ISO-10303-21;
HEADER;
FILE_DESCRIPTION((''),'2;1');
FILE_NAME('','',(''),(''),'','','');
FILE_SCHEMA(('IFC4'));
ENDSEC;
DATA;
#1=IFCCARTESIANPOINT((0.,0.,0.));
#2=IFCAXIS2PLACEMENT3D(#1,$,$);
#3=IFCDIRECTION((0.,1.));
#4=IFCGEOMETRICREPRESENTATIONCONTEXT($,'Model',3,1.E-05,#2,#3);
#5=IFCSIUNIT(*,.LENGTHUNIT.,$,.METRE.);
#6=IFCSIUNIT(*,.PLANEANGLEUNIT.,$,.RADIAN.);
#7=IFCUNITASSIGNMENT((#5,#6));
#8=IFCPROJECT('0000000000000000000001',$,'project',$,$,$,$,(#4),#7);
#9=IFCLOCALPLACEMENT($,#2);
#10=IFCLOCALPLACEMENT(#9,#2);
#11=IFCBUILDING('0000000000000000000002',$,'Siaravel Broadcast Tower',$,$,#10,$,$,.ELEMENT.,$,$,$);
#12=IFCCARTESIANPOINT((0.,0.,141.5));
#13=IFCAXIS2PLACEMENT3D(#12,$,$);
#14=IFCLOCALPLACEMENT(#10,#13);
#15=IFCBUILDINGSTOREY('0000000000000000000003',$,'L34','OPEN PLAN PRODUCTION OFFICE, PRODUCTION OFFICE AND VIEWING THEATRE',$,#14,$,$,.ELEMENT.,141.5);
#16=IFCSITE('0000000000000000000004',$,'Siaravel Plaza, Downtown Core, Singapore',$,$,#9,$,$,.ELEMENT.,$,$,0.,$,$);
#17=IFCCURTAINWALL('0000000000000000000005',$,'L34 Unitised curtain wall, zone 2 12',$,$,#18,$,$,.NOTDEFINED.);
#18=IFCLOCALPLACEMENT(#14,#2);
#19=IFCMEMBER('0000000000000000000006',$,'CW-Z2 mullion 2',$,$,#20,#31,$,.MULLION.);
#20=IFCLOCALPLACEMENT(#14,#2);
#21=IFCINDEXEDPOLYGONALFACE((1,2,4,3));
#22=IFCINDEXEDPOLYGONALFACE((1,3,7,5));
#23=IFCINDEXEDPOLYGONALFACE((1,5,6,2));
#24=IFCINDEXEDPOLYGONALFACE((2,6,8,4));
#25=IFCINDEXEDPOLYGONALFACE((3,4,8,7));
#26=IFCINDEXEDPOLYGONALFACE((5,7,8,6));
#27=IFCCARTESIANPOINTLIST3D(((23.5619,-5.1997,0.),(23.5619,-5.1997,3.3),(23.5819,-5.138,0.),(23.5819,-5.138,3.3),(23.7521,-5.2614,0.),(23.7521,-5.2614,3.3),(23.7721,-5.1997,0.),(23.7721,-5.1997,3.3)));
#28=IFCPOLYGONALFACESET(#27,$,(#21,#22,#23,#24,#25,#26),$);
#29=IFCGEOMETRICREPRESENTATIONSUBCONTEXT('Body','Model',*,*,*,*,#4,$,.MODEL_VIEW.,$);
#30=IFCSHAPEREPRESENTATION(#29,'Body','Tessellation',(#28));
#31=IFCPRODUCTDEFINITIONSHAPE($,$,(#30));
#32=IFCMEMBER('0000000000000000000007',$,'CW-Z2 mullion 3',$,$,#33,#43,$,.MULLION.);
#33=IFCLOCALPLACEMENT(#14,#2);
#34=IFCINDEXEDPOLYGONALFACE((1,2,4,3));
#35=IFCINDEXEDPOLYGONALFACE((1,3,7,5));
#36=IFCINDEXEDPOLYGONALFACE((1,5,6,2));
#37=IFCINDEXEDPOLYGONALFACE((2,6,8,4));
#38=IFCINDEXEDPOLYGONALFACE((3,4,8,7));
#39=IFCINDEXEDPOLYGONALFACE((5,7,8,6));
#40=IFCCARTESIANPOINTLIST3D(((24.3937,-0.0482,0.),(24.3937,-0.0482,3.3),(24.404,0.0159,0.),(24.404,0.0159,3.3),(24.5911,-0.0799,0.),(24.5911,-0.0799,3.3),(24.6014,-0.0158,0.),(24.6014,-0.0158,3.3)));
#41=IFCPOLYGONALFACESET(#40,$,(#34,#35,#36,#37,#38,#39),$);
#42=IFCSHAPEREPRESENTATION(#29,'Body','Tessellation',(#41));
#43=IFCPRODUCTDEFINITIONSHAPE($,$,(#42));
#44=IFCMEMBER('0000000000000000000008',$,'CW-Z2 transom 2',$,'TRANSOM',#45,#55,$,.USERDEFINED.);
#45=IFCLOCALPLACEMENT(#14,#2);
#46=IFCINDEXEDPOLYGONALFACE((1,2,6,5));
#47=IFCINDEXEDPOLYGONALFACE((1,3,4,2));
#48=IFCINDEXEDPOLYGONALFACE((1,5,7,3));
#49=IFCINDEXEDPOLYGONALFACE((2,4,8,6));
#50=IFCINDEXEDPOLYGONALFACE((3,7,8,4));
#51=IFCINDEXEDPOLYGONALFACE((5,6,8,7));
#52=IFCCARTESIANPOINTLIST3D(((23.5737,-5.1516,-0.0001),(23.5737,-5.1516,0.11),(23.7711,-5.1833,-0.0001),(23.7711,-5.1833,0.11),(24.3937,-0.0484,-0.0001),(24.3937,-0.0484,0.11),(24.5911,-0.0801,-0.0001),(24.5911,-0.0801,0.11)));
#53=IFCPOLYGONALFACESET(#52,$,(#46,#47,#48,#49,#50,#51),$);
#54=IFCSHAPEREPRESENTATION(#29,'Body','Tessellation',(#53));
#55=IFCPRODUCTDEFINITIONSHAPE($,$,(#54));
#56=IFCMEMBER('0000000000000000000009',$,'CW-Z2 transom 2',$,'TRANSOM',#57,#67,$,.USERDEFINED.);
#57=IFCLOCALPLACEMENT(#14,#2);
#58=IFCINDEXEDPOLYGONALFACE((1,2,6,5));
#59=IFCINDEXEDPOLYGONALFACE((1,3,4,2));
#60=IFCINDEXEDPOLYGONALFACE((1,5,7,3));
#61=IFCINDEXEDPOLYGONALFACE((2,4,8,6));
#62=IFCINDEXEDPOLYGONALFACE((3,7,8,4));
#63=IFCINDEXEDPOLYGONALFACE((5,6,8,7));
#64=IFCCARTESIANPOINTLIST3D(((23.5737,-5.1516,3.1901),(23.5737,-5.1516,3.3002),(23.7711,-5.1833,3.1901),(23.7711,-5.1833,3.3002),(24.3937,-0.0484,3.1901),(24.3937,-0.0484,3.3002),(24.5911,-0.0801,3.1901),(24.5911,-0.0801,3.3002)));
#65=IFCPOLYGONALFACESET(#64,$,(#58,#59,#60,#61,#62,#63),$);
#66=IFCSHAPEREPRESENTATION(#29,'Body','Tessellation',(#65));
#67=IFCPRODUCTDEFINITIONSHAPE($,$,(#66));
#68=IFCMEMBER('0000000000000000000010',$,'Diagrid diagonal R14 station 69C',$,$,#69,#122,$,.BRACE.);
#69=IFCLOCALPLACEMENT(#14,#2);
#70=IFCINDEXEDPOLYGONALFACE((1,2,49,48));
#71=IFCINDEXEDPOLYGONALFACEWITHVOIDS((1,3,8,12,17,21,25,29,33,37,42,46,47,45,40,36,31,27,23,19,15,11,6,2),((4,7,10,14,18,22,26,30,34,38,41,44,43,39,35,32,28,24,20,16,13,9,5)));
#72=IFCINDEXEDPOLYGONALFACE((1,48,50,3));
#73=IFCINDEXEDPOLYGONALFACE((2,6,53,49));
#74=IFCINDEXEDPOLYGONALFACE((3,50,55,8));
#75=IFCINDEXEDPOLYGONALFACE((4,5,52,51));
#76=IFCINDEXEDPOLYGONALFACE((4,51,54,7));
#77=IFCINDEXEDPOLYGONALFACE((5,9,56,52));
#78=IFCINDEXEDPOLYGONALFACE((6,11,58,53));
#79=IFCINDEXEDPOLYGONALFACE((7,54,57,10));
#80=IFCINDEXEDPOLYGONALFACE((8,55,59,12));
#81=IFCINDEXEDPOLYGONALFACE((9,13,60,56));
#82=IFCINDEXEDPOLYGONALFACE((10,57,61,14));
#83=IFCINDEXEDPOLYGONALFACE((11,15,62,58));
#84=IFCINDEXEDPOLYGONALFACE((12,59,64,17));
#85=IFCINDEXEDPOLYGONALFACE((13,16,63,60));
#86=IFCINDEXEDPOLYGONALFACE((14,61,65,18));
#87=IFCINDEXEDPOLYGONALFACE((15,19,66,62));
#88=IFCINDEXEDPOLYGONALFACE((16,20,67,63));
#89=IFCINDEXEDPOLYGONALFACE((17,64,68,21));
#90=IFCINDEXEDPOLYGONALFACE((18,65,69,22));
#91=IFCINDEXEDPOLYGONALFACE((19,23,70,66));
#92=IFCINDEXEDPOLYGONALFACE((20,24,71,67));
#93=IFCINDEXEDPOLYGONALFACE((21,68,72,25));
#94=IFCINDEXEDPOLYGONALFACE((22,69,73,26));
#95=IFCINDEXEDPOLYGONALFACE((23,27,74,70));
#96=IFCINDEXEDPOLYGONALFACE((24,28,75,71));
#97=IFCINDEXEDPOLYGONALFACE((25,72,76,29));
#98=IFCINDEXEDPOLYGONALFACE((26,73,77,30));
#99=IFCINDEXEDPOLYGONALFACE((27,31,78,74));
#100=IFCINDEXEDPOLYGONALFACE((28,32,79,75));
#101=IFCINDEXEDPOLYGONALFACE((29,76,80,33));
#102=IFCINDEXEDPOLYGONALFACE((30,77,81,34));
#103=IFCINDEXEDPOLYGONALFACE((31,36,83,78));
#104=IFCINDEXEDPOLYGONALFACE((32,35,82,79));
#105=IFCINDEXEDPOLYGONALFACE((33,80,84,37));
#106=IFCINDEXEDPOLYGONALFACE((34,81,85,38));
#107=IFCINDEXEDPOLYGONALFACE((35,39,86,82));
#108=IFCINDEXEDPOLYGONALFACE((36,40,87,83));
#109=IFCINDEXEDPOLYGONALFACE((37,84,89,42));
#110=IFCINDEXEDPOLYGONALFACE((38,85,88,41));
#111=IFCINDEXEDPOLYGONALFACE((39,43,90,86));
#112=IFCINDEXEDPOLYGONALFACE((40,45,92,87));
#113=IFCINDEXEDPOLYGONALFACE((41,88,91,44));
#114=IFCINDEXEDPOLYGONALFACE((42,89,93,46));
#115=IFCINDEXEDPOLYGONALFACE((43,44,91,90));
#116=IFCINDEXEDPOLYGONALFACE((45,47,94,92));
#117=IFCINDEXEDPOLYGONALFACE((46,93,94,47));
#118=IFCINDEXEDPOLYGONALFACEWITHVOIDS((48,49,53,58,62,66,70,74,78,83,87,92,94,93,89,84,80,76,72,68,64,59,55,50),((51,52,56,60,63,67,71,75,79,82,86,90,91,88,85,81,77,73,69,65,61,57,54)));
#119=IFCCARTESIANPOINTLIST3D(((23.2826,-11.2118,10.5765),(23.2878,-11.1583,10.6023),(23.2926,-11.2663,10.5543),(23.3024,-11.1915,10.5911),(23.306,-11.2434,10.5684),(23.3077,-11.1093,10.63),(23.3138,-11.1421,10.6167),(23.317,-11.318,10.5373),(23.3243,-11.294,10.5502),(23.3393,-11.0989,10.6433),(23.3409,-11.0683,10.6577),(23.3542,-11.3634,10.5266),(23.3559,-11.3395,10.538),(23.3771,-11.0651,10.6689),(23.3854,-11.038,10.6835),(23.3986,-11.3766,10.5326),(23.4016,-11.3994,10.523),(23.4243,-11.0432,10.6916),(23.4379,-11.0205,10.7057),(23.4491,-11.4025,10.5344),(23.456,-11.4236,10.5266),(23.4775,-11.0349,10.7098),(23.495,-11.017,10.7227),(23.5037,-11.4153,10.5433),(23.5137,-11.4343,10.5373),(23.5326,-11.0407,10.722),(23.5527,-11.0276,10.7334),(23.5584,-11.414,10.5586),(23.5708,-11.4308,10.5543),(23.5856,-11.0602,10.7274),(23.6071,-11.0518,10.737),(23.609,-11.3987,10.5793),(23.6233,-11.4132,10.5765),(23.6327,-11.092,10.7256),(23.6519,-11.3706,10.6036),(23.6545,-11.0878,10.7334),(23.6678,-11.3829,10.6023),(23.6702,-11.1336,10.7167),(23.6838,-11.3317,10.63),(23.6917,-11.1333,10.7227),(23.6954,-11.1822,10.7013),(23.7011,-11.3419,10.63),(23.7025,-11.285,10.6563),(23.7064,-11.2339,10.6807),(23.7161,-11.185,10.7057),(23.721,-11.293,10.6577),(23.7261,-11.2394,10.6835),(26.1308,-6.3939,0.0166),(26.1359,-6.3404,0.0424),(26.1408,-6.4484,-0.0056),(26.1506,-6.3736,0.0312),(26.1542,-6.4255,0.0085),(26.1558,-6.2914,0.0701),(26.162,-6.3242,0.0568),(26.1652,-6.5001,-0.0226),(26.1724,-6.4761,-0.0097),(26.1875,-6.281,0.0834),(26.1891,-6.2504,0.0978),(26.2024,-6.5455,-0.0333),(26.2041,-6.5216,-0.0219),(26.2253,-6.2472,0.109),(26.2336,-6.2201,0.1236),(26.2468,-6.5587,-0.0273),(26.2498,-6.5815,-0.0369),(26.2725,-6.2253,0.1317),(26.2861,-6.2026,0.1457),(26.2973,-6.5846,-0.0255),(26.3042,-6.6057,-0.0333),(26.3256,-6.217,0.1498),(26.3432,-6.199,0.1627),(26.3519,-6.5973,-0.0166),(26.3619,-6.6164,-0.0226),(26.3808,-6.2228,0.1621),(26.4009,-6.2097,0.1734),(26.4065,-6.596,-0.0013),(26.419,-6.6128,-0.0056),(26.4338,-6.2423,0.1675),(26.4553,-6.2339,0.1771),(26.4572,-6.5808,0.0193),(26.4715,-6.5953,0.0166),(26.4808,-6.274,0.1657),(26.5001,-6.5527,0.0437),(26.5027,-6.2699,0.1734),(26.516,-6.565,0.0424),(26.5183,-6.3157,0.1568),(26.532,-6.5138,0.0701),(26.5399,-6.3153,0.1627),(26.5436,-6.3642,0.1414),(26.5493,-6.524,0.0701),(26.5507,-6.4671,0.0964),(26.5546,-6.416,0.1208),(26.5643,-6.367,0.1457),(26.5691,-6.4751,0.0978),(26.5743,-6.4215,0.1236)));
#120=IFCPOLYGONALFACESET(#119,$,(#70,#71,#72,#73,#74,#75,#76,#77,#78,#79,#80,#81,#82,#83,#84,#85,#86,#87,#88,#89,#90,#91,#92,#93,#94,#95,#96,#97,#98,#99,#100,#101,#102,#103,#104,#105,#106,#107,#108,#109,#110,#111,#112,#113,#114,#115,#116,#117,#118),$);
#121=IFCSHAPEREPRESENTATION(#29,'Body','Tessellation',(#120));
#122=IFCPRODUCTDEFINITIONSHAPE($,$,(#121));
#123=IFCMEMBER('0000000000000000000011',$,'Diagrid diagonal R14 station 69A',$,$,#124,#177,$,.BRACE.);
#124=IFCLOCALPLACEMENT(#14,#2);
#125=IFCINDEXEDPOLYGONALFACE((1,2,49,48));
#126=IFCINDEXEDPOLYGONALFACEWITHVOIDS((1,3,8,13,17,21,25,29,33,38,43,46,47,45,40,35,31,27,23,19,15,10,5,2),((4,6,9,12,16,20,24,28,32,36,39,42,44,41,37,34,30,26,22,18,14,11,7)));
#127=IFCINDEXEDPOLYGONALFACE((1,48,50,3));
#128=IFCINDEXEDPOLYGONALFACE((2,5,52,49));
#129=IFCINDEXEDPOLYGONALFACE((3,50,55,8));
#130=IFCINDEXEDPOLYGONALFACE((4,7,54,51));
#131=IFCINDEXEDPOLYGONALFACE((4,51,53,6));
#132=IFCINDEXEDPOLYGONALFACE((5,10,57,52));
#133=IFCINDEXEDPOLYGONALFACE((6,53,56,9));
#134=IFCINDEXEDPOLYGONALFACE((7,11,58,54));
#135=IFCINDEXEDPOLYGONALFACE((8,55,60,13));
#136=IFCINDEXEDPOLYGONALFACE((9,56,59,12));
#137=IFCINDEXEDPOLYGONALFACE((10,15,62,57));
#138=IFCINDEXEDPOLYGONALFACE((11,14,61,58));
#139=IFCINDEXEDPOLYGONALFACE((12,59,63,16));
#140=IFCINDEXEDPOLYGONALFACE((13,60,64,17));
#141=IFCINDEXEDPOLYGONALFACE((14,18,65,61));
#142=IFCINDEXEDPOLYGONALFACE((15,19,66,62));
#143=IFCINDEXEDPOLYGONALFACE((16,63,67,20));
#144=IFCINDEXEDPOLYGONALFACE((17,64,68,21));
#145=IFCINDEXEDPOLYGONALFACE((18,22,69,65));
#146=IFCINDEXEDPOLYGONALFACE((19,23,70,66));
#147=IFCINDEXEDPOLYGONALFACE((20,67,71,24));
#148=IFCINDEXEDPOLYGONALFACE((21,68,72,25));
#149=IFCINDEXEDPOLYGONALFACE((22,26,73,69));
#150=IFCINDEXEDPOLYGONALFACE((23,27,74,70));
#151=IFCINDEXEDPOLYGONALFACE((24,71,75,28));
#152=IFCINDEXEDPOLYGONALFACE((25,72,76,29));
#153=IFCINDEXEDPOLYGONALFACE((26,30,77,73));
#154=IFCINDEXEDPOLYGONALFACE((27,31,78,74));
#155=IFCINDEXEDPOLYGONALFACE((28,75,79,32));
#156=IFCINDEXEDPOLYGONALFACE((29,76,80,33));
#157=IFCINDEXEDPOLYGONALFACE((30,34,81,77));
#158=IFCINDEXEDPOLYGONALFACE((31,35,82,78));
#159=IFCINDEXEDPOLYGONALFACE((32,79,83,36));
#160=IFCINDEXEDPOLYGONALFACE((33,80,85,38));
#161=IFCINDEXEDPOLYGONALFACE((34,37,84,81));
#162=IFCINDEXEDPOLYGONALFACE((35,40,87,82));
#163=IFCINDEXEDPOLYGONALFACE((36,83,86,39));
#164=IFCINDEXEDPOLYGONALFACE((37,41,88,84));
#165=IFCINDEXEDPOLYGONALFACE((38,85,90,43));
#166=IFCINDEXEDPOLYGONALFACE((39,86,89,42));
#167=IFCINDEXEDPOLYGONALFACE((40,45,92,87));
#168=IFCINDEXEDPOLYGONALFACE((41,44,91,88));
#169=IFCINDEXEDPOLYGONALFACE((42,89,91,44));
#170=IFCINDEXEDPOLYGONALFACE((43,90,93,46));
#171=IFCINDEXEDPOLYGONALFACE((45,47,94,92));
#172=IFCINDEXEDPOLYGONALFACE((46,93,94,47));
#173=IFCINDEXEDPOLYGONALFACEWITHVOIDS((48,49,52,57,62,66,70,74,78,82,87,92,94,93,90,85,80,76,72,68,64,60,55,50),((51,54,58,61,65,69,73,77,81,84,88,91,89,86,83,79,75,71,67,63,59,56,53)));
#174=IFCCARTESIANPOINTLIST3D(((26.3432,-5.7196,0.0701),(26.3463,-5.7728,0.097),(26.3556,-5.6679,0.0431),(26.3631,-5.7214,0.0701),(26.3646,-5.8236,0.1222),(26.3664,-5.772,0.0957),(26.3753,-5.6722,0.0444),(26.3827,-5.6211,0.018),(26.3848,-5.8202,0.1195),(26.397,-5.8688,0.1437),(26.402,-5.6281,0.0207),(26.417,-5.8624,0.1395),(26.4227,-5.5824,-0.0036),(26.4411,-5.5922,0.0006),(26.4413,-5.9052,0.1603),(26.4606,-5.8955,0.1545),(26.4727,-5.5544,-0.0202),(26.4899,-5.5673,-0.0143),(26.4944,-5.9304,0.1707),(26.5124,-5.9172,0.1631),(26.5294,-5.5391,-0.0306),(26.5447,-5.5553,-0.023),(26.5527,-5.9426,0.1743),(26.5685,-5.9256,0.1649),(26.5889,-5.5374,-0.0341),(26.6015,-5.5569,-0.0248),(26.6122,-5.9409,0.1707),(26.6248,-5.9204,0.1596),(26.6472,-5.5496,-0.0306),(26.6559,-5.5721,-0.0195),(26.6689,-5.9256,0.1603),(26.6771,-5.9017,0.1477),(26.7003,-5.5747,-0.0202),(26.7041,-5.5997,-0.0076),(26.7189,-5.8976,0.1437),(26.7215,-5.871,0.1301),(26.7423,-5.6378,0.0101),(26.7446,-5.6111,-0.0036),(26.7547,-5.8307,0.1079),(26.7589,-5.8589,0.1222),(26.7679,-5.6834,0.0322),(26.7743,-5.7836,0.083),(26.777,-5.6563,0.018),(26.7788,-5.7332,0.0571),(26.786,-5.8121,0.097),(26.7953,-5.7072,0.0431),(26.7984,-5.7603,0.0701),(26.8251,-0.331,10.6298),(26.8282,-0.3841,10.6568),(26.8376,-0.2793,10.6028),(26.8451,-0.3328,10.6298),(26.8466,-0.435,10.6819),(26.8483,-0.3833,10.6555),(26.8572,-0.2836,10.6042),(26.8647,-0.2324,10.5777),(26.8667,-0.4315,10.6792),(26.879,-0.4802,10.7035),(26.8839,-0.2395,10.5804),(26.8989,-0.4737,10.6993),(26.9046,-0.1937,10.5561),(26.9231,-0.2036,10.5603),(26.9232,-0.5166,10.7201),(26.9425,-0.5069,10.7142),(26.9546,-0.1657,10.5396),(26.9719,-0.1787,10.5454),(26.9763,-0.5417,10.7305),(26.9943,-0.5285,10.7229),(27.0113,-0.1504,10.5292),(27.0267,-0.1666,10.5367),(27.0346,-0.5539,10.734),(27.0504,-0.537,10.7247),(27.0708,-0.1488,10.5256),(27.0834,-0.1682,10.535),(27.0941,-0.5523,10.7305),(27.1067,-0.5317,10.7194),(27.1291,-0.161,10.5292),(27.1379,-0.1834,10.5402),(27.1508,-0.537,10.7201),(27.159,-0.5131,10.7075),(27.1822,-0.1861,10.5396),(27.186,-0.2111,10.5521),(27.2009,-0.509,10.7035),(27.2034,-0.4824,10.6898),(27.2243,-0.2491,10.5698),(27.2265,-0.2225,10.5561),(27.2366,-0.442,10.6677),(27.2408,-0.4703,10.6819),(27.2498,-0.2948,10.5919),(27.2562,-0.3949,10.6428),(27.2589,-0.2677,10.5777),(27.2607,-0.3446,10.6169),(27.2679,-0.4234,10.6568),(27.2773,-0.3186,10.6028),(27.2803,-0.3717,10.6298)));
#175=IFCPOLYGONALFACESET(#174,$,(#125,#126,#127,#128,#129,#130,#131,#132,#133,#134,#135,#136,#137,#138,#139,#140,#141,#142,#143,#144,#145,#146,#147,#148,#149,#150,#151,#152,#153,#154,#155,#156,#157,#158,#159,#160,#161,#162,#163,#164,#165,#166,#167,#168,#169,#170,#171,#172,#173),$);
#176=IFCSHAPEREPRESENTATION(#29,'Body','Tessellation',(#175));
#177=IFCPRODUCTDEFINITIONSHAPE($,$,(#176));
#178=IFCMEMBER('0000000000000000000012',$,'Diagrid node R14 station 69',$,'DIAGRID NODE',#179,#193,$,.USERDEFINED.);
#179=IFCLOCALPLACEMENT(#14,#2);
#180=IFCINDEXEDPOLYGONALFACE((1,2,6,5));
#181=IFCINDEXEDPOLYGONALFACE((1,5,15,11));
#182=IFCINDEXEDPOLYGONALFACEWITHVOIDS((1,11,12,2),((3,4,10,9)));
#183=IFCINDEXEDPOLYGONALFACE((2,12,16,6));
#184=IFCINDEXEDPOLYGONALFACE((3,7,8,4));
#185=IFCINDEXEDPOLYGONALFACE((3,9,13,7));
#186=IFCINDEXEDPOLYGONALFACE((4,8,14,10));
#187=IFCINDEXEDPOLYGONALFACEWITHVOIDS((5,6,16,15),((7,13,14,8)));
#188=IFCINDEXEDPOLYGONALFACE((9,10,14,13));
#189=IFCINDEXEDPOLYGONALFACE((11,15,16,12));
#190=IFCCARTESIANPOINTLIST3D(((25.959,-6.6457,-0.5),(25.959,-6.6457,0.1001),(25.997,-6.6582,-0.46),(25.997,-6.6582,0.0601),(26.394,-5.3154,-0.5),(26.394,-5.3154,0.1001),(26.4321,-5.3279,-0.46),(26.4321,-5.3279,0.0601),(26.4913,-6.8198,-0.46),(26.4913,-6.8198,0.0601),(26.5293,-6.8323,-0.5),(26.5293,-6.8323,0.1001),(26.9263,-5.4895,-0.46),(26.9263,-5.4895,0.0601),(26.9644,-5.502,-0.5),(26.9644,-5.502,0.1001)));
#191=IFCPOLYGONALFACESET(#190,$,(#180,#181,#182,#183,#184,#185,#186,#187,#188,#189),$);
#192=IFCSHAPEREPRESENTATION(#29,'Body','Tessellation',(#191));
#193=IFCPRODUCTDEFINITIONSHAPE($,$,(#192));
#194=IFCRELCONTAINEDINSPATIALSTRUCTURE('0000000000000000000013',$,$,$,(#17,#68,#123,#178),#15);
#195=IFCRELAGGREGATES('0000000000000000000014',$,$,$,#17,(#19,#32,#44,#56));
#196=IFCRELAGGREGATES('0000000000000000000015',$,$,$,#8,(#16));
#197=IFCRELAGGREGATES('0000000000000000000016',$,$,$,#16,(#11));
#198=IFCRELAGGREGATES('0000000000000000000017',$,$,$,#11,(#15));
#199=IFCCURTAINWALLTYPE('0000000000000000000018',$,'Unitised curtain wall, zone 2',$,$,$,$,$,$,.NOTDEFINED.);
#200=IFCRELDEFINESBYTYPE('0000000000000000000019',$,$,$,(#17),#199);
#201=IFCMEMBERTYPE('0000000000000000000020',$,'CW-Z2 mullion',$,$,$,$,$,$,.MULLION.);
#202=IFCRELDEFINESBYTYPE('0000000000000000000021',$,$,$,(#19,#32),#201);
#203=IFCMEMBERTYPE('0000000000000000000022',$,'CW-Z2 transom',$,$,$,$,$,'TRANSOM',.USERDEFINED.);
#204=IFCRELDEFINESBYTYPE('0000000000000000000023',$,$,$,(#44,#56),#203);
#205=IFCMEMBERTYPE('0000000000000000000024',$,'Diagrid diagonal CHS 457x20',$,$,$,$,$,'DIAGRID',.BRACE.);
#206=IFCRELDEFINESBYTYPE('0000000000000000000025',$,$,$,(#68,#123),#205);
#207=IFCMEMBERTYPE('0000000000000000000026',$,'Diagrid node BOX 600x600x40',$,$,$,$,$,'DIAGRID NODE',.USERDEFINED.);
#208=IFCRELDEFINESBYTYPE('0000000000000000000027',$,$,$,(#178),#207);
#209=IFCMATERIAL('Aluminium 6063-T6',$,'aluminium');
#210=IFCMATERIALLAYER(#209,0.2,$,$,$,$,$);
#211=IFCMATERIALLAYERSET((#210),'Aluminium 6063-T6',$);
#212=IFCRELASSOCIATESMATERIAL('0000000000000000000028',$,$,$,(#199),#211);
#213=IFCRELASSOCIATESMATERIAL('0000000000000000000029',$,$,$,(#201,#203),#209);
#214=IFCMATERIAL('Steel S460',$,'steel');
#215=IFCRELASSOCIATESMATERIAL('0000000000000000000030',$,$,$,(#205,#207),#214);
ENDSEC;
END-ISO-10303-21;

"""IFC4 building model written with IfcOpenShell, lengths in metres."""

from ifc_helpers import new_model, si_unit, direction, frame, origin, origin_2d, place, context, subcontext, project, spatial, rectangle, hollow_rectangle, hollow_circle, extrude, material, layer, layer_set, material_profile, profile_set, type_object, element, aggregate, save


model = new_model("IFC4")

# Units and contexts
model_context = context("Model", 3, precision=1e-05, world=origin(), true_north=direction((0.0, 1.0)))
body_context = subcontext(model_context, "Body", "Model", "MODEL_VIEW")
ifc_project = project(units=[si_unit("LENGTHUNIT", "METRE"), si_unit("PLANEANGLEUNIT", "RADIAN")], contexts=[model_context])

# Site, building, storey
site_placement = place(None, origin())
site = spatial("IfcSite", under=ifc_project, at=site_placement, Name="Siaravel Plaza, Downtown Core, Singapore", CompositionType="ELEMENT", RefElevation=0.0)
building_placement = place(site_placement, origin())
building = spatial("IfcBuilding", under=site, at=building_placement, Name="Siaravel Broadcast Tower", CompositionType="ELEMENT")
storey_placement = place(building_placement, frame((0.0, 0.0, 141.5)))
storey = spatial("IfcBuildingStorey", under=building, at=storey_placement, Name="L34", Description="OPEN PLAN PRODUCTION OFFICE, PRODUCTION OFFICE AND VIEWING THEATRE", CompositionType="ELEMENT", Elevation=141.5)

# Curtain wall, members
ifc_material_1 = material(Name="Aluminium 6063-T6", Category="aluminium")
ifc_layer_1 = layer(ifc_material_1, 0.2)
ifc_layer_set_1 = layer_set([ifc_layer_1], Name="Aluminium 6063-T6")
curtain_wall_type = type_object("IfcCurtainWallType", Name="Unitised curtain wall, zone 2", PredefinedType="NOTDEFINED", material=ifc_layer_set_1)
curtain_wall_placement = place(storey_placement, origin())
curtain_wall = element("IfcCurtainWall", 1, at=curtain_wall_placement, inside=storey, type_object=curtain_wall_type, Name="L34 Unitised curtain wall, zone 2 12", PredefinedType="NOTDEFINED")
ifc_material_profile_1 = material_profile(ifc_material_1, rectangle(XDim=0.2, YDim=0.0649, at=origin_2d()))
ifc_profile_set_1 = profile_set([ifc_material_profile_1], Name="Aluminium 6063-T6")
member_type_1 = type_object("IfcMemberType", Name="CW-Z2 mullion", PredefinedType="MULLION", material=ifc_profile_set_1)
member_1_placement = place(storey_placement, frame((23.667, -5.1997, 0.0), z_axis=(0.0, 0.0, 1.0), x_axis=(-0.951177, 0.308645, 0.0)))
member_1 = element("IfcMember", 2, at=member_1_placement, type_object=member_type_1, Name="CW-Z2 mullion 2", PredefinedType="MULLION", context=body_context, shape_type="SweptSolid", body=[
    extrude(rectangle(XDim=0.2, YDim=0.0649, at=origin_2d()), origin(), (0.0, 0.0, 1.0), 3.3),
])
member_2_placement = place(storey_placement, frame((24.4976, -0.032, 0.0), z_axis=(0.0, 0.0, 1.0), x_axis=(-0.987329, 0.158685, 0.0)))
member_2 = element("IfcMember", 3, at=member_2_placement, type_object=member_type_1, Name="CW-Z2 mullion 3", PredefinedType="MULLION", context=body_context, shape_type="SweptSolid", body=[
    extrude(rectangle(XDim=0.2, YDim=0.0649, at=origin_2d()), origin(), (0.0, 0.0, 1.0), 3.3),
])
ifc_material_profile_2 = material_profile(ifc_material_1, rectangle(XDim=0.2, YDim=0.1101, at=origin_2d()))
ifc_profile_set_2 = profile_set([ifc_material_profile_2], Name="Aluminium 6063-T6")
member_type_2 = type_object("IfcMemberType", Name="CW-Z2 transom", ElementType="TRANSOM", PredefinedType="USERDEFINED", material=ifc_profile_set_2)
member_3_placement = place(storey_placement, frame((23.6724, -5.1675, 0.0549), z_axis=(0.158659, 0.987333, 0.0), x_axis=(-0.987333, 0.158659, 0.0)))
member_3 = element("IfcMember", 4, at=member_3_placement, type_object=member_type_2, Name="CW-Z2 transom 2", ObjectType="TRANSOM", PredefinedType="USERDEFINED", context=body_context, shape_type="SweptSolid", body=[
    extrude(rectangle(XDim=0.2, YDim=0.1101, at=origin_2d()), origin(), (0.0, 0.0, 1.0), 5.1687),
])
member_4_placement = place(storey_placement, frame((23.6724, -5.1675, 3.2451), z_axis=(0.158659, 0.987333, 0.0), x_axis=(-0.987333, 0.158659, 0.0)))
member_4 = element("IfcMember", 5, at=member_4_placement, type_object=member_type_2, Name="CW-Z2 transom 2", ObjectType="TRANSOM", PredefinedType="USERDEFINED", context=body_context, shape_type="SweptSolid", body=[
    extrude(rectangle(XDim=0.2, YDim=0.1101, at=origin_2d()), origin(), (0.0, 0.0, 1.0), 5.1687),
])

# Members
ifc_material_2 = material(Name="Steel S460", Category="steel")
ifc_material_profile_3 = material_profile(ifc_material_2, hollow_circle(Radius=0.2285, WallThickness=0.02, at=origin_2d()))
ifc_profile_set_3 = profile_set([ifc_material_profile_3], Name="Steel S460")
member_type_3 = type_object("IfcMemberType", Name="Diagrid diagonal CHS 457x20", ElementType="DIAGRID", PredefinedType="BRACE", material=ifc_profile_set_3)
member_5_placement = place(storey_placement, frame((26.3525, -6.4077, 0.0701), z_axis=(-0.238313, -0.403125, 0.883571), x_axis=(0.860831, -0.508891, 0.0)))
element("IfcMember", 6, at=member_5_placement, inside=storey, type_object=member_type_3, Name="Diagrid diagonal R14 station 69C", PredefinedType="BRACE", context=body_context, shape_type="SweptSolid", body=[
    extrude(hollow_circle(Radius=0.2285, WallThickness=0.02, at=origin_2d()), origin(), (0.0, 0.0, 1.0), 11.9514),
])
member_6_placement = place(storey_placement, frame((26.5708, -5.74, 0.0701), z_axis=(0.040618, 0.454163, 0.889992), x_axis=(-0.996025, 0.089079, 0.0)))
element("IfcMember", 7, at=member_6_placement, inside=storey, type_object=member_type_3, Name="Diagrid diagonal R14 station 69A", PredefinedType="BRACE", context=body_context, shape_type="SweptSolid", body=[
    extrude(hollow_circle(Radius=0.2285, WallThickness=0.02, at=origin_2d()), origin(), (0.0, 0.0, 1.0), 11.865),
])
ifc_material_profile_4 = material_profile(ifc_material_2, hollow_rectangle(XDim=0.6001, YDim=0.6001, WallThickness=0.04, at=origin_2d()))
ifc_profile_set_4 = profile_set([ifc_material_profile_4], Name="Steel S460")
member_type_4 = type_object("IfcMemberType", Name="Diagrid node BOX 600x600x40", ElementType="DIAGRID NODE", PredefinedType="USERDEFINED", material=ifc_profile_set_4)
member_7_placement = place(storey_placement, frame((26.2441, -6.739, -0.2), z_axis=(0.310833, 0.950465, 0.0), x_axis=(-0.950465, 0.310833, 0.0)))
element("IfcMember", 8, at=member_7_placement, inside=storey, type_object=member_type_4, Name="Diagrid node R14 station 69", ObjectType="DIAGRID NODE", PredefinedType="USERDEFINED", context=body_context, shape_type="SweptSolid", body=[
    extrude(hollow_rectangle(XDim=0.6001, YDim=0.6001, WallThickness=0.04, at=origin_2d()), origin(), (0.0, 0.0, 1.0), 1.3997),
])

aggregate(curtain_wall, [member_1, member_2, member_3, member_4])

save(model, "model.ifc")
